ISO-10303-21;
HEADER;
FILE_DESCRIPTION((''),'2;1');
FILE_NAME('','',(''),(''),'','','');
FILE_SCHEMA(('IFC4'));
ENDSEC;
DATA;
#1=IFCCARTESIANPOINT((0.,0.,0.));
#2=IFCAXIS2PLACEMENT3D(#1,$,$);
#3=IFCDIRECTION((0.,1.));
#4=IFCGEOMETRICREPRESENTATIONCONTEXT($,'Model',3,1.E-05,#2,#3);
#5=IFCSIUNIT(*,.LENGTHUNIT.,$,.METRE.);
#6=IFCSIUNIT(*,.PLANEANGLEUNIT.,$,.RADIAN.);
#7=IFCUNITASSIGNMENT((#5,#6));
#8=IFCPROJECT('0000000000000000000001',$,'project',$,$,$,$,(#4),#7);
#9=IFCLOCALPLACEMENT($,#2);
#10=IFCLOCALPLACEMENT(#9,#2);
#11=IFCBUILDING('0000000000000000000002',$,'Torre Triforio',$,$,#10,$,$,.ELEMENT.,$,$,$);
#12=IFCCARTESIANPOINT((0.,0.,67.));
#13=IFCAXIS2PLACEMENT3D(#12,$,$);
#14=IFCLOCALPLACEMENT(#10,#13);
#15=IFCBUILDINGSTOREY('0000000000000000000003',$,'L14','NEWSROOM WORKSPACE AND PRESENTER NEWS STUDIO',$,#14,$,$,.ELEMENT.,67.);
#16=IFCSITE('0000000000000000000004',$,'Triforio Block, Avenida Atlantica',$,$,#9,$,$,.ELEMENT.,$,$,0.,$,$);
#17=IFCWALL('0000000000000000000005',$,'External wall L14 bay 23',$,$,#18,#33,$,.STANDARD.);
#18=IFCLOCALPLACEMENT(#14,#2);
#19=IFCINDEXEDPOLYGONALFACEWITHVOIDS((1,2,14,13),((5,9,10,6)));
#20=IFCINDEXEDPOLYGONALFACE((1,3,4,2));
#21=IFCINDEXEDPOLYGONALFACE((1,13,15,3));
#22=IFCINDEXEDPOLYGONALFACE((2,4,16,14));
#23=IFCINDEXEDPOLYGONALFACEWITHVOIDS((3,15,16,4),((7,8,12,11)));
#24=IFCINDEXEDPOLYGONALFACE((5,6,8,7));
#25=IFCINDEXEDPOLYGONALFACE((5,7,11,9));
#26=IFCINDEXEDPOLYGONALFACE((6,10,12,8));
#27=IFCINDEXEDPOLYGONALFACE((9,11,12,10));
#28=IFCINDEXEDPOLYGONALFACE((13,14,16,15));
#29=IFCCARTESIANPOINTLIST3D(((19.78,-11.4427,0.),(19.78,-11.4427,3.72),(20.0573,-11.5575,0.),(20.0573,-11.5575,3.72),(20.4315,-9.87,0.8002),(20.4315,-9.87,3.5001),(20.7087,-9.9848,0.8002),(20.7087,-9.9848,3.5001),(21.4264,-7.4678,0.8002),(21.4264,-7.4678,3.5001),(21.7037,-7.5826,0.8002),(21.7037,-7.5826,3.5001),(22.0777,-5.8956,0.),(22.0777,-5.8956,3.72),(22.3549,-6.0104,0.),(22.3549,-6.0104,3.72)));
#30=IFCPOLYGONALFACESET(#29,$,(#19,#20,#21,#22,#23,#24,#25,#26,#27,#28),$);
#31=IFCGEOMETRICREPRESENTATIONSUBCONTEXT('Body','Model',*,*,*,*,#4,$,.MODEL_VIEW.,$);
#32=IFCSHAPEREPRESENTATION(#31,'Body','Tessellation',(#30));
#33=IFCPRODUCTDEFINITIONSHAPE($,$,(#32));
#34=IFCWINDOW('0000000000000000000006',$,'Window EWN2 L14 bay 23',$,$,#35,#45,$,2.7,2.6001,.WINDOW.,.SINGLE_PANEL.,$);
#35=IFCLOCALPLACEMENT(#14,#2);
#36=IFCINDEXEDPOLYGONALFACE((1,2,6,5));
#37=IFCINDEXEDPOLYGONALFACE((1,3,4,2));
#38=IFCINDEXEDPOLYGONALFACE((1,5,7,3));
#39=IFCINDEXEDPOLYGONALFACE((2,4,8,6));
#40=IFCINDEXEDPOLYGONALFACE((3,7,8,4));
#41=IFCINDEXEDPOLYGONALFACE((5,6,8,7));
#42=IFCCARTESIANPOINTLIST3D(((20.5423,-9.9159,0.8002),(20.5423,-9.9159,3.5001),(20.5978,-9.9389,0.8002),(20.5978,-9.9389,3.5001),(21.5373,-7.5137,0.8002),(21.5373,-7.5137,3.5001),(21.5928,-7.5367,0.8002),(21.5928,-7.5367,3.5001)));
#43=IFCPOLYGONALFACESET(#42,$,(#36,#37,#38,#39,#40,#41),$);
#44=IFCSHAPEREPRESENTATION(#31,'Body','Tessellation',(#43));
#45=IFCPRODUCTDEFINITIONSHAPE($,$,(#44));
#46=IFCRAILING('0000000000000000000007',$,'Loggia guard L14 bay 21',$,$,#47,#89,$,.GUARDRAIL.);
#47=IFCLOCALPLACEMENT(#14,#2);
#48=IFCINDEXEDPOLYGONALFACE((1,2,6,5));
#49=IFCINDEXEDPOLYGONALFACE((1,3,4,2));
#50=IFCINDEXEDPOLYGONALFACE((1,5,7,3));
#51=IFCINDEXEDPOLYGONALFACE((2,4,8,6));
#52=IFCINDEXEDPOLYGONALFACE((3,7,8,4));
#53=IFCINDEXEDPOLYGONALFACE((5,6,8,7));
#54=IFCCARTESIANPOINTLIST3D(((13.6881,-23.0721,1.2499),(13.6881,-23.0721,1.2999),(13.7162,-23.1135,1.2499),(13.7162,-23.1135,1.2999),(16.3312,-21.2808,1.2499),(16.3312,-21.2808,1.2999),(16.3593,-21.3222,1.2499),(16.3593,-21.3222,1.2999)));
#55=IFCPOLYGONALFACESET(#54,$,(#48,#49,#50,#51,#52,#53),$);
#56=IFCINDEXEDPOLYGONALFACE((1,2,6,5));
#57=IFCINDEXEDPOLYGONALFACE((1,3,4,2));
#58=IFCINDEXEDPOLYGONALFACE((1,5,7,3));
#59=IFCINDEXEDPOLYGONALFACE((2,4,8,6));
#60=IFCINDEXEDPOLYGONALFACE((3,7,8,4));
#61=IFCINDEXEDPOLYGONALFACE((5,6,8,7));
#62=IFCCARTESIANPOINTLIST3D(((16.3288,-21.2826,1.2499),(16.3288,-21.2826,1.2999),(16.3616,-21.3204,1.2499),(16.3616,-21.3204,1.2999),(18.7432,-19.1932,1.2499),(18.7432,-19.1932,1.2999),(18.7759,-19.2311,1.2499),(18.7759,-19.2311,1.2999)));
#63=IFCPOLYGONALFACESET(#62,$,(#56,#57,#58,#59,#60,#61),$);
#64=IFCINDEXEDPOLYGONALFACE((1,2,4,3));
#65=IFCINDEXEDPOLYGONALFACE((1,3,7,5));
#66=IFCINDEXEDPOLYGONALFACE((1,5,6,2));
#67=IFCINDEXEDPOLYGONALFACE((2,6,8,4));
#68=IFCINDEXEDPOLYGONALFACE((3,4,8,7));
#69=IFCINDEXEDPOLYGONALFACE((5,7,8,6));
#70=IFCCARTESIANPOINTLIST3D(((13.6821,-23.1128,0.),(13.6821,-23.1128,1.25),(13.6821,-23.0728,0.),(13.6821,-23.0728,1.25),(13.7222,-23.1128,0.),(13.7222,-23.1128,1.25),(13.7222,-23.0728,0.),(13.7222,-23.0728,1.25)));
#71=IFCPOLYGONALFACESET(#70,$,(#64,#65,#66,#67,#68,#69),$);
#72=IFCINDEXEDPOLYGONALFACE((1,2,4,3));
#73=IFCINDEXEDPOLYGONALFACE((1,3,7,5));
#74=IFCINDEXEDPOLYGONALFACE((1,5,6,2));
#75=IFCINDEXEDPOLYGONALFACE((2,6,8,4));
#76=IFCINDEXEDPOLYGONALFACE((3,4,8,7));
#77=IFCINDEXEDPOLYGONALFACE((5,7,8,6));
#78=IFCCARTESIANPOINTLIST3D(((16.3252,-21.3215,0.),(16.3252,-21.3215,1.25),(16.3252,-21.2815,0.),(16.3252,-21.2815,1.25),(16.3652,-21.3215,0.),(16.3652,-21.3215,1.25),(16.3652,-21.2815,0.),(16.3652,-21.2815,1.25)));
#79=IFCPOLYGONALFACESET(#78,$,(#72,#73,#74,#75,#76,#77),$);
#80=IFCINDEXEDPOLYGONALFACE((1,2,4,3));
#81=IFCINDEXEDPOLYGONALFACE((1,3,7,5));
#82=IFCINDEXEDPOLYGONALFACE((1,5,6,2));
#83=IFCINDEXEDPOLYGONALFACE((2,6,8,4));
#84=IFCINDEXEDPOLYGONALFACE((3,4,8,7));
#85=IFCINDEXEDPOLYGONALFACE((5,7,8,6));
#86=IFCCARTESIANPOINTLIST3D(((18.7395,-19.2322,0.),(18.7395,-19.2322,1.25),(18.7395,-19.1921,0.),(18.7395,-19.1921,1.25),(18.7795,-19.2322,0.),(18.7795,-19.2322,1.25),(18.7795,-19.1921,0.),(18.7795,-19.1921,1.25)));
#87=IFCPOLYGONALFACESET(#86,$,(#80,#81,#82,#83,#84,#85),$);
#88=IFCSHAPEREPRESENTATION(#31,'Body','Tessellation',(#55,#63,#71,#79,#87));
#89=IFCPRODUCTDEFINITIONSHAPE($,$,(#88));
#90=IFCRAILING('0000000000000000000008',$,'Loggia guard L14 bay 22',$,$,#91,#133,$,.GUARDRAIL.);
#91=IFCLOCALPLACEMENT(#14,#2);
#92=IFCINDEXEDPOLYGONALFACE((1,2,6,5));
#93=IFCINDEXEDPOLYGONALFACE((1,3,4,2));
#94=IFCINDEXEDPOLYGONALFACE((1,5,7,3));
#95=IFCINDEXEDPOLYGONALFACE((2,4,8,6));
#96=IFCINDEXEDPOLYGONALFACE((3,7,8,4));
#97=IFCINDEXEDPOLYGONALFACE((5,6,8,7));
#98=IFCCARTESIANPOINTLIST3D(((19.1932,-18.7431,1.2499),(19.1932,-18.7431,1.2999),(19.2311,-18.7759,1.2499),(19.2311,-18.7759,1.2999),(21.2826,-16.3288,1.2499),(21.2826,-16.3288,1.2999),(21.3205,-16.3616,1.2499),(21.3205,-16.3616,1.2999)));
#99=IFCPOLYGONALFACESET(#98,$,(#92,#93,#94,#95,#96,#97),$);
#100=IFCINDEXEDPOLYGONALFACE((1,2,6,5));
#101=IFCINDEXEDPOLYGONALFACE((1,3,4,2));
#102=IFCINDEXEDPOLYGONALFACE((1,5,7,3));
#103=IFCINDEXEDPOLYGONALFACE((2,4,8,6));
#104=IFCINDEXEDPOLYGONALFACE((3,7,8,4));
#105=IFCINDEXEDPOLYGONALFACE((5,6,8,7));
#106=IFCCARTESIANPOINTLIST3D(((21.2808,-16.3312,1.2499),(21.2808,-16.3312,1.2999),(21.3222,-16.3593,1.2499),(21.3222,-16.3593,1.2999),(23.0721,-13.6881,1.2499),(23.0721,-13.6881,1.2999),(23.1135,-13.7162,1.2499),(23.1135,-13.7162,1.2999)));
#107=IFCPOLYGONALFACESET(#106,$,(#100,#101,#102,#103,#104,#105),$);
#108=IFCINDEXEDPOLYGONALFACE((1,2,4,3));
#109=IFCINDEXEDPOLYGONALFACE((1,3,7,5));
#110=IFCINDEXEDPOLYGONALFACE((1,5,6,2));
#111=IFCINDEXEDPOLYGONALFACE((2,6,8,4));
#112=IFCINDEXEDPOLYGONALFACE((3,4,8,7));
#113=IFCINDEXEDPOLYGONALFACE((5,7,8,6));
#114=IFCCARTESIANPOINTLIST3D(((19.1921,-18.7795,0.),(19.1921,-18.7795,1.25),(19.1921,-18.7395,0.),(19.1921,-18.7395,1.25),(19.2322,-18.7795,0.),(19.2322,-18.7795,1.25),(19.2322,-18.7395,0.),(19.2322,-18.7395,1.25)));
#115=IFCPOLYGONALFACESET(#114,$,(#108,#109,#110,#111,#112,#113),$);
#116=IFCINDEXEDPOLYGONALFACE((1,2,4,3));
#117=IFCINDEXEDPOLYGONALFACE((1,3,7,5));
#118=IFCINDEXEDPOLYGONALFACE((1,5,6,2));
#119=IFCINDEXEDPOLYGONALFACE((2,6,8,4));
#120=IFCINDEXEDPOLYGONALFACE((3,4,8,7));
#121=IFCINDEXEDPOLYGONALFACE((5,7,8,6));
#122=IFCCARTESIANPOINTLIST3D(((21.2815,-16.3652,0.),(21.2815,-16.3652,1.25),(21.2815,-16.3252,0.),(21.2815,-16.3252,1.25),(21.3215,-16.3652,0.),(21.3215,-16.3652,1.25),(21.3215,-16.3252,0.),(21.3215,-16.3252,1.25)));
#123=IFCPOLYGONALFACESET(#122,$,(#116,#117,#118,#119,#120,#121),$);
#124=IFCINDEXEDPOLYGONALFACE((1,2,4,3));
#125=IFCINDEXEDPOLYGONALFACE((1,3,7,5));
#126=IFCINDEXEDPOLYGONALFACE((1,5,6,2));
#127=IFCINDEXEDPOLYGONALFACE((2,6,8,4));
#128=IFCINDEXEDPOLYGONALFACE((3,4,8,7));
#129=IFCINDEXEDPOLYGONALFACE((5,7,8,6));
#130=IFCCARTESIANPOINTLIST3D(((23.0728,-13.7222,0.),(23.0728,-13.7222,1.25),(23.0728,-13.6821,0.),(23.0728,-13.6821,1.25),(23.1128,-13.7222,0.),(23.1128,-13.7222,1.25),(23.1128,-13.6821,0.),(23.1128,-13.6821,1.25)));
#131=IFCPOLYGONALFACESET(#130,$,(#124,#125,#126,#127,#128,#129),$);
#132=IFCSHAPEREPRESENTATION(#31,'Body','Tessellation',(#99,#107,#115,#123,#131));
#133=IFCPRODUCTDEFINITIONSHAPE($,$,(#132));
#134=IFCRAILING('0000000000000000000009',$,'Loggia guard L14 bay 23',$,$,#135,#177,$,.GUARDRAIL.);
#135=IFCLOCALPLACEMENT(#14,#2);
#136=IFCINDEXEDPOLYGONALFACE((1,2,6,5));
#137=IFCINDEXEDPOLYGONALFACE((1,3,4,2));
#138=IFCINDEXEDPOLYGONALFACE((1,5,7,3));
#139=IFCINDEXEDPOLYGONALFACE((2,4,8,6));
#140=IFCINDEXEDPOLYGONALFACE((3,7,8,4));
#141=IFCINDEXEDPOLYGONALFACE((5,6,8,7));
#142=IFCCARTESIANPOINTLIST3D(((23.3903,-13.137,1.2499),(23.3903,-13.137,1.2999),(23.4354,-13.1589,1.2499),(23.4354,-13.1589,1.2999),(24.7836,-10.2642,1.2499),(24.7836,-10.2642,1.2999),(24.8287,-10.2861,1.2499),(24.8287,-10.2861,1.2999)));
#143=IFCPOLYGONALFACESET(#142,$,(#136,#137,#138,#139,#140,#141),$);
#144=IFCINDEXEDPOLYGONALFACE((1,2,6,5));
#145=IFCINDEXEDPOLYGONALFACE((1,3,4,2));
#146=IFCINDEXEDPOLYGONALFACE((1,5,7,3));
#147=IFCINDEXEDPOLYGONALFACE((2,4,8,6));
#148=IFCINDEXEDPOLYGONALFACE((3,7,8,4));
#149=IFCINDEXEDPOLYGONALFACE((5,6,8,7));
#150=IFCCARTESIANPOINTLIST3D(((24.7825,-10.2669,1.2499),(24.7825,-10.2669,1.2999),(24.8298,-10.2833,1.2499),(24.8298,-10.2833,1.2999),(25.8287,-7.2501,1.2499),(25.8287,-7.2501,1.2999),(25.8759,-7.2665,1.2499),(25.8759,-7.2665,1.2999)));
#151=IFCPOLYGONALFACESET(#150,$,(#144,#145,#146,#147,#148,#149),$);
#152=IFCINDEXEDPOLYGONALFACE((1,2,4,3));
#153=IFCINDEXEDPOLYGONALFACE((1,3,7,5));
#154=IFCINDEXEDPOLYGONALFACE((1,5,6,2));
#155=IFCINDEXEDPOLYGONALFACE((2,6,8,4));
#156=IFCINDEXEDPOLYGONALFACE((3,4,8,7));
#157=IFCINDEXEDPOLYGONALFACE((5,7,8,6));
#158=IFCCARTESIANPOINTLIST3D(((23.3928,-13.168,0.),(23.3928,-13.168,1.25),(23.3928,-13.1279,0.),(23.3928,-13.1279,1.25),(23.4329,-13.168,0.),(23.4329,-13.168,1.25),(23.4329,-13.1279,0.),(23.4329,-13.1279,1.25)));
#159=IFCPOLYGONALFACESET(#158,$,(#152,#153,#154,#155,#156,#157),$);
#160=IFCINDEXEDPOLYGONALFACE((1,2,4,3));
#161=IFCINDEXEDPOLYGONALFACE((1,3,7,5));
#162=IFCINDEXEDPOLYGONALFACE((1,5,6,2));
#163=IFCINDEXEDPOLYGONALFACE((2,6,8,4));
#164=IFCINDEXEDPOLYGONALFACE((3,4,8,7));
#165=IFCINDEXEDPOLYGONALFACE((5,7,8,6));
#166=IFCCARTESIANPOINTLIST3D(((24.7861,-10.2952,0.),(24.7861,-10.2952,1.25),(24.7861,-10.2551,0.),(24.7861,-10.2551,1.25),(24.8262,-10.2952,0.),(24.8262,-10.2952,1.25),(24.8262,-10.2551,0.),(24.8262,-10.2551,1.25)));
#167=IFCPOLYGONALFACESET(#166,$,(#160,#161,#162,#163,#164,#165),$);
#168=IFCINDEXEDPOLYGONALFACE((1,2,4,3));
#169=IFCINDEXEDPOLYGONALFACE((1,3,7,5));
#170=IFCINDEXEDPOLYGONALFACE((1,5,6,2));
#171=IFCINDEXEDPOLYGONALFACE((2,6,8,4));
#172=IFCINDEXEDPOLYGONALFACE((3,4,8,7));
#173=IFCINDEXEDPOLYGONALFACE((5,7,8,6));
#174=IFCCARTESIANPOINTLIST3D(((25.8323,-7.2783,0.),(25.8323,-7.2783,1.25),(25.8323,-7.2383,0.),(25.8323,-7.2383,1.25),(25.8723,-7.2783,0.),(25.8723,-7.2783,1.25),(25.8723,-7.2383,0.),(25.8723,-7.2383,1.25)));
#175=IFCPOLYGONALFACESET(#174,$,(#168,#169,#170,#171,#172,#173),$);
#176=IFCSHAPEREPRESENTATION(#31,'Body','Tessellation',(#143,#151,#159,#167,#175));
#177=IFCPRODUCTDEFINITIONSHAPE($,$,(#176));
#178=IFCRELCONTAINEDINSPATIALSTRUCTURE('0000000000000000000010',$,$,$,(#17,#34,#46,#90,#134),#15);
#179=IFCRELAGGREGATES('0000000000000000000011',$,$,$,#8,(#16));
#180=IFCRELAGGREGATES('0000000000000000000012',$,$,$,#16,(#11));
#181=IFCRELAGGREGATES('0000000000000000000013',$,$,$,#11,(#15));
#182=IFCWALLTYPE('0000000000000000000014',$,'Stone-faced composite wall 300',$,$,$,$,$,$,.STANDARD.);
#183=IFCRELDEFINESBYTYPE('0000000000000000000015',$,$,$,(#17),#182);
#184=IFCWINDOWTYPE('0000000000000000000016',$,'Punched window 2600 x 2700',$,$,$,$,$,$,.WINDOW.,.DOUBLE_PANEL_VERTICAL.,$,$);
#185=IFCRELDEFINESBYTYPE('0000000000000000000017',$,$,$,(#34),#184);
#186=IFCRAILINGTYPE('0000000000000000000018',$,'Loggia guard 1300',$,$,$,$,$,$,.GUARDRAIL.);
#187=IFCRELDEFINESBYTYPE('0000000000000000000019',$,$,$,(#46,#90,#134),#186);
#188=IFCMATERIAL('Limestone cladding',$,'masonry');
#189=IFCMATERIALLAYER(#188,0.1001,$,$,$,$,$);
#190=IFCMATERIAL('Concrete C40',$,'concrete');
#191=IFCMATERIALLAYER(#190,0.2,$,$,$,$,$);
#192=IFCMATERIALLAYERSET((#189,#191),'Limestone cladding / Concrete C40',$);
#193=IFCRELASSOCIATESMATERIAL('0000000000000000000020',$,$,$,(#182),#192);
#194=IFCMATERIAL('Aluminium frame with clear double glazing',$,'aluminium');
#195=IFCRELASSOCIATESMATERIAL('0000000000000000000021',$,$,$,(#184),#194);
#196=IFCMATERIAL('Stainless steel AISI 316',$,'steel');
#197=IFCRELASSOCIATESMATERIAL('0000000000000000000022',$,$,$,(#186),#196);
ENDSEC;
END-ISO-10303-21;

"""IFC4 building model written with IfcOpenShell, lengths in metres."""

from ifc_helpers import new_model, si_unit, direction, frame, frame_2d, origin, origin_2d, place, context, subcontext, project, spatial, rectangle, extrude, material, layer, layer_set, type_object, element, fill, save


model = new_model("IFC4")

# Units and contexts
model_context = context("Model", 3, precision=1e-05, world=origin(), true_north=direction((0.0, 1.0)))
body_context = subcontext(model_context, "Body", "Model", "MODEL_VIEW")
ifc_project = project(units=[si_unit("LENGTHUNIT", "METRE"), si_unit("PLANEANGLEUNIT", "RADIAN")], contexts=[model_context])

# Site, building, storey
site_placement = place(None, origin())
site = spatial("IfcSite", under=ifc_project, at=site_placement, Name="Triforio Block, Avenida Atlantica", CompositionType="ELEMENT", RefElevation=0.0)
building_placement = place(site_placement, origin())
building = spatial("IfcBuilding", under=site, at=building_placement, Name="Torre Triforio", CompositionType="ELEMENT")
storey_placement = place(building_placement, frame((0.0, 0.0, 67.0)))
storey = spatial("IfcBuildingStorey", under=building, at=storey_placement, Name="L14", Description="NEWSROOM WORKSPACE AND PRESENTER NEWS STUDIO", CompositionType="ELEMENT", Elevation=67.0)

# Shared definitions
ifc_material_1 = material(Name="Limestone cladding", Category="masonry")
ifc_material_2 = material(Name="Concrete C40", Category="concrete")

# Shared definitions
ifc_layer_1 = layer(ifc_material_1, 0.1001)
ifc_layer_2 = layer(ifc_material_2, 0.2)
ifc_layer_set_1 = layer_set([ifc_layer_1, ifc_layer_2], Name="Limestone cladding / Concrete C40")
wall_type_1 = type_object("IfcWallType", Name="Stone-faced composite wall 300", PredefinedType="STANDARD", material=ifc_layer_set_1)
ifc_material_3 = material(Name="Aluminium frame with clear double glazing", Category="aluminium")
window_type_1 = type_object("IfcWindowType", Name="Punched window 2600 x 2700", PartitioningType="DOUBLE_PANEL_VERTICAL", PredefinedType="WINDOW", material=ifc_material_3)

# Wall, opening, window
wall_1_placement = place(storey_placement, frame((19.9187, -11.5, 0.0), z_axis=(0.0, 0.0, 1.0), x_axis=(0.382671, 0.923885, 0.0)))
wall_1 = element("IfcWall", 1, at=wall_1_placement, inside=storey, type_object=wall_type_1, Name="External wall L14 bay 23", PredefinedType="STANDARD", context=body_context, shape_type="SweptSolid", body=[
    extrude(rectangle(XDim=6.0042, YDim=0.3, at=frame_2d((3.002, 0.0))), origin(), (0.0, 0.0, 1.0), 3.72),
])
opening_1_placement = place(wall_1_placement, frame((1.7021, 0.0, 0.8)))
opening_1 = element("IfcOpeningElement", 2, at=opening_1_placement, cuts=wall_1, PredefinedType="OPENING", context=body_context, shape_type="SweptSolid", body=[
    extrude(rectangle(XDim=2.6001, YDim=2.7, at=frame_2d((1.3, 1.3501))), frame((0.0, 0.1599, 0.0), z_axis=(0.0, -1.0, 0.0), x_axis=(1.0, 0.0, 0.0)), (0.0, 0.0, 1.0), 0.3201),
])
window_1_placement = place(opening_1_placement, origin())
window_1 = element("IfcWindow", 3, at=window_1_placement, inside=storey, type_object=window_type_1, Name="Window EWN2 L14 bay 23", OverallHeight=2.7, OverallWidth=2.6001, PartitioningType="SINGLE_PANEL", PredefinedType="WINDOW", context=body_context, shape_type="SweptSolid", body=[
    extrude(rectangle(XDim=2.6001, YDim=2.7, at=frame_2d((1.3, 1.3501))), frame((0.0, 0.03, 0.0), z_axis=(0.0, -1.0, 0.0), x_axis=(1.0, 0.0, 0.0)), (0.0, 0.0, 1.0), 0.0601),
])
fill(opening_1, window_1)

# Railings
ifc_material_4 = material(Name="Stainless steel AISI 316", Category="steel")
railing_type = type_object("IfcRailingType", Name="Loggia guard 1300", PredefinedType="GUARDRAIL", material=ifc_material_4)
railing_1_placement = place(storey_placement, frame((13.7021, -23.0928, 0.0)))
element("IfcRailing", 4, at=railing_1_placement, inside=storey, type_object=railing_type, Name="Loggia guard L14 bay 21", PredefinedType="GUARDRAIL", context=body_context, shape_type="SweptSolid", body=[
    extrude(rectangle(XDim=0.05, YDim=0.05, at=origin_2d()), frame((0.0, 0.0, 1.2749), z_axis=(0.827803, 0.561019, 0.0), x_axis=(-0.561019, 0.827803, 0.0)), (0.0, 0.0, 1.0), 3.1929),
    extrude(rectangle(XDim=0.05, YDim=0.05, at=origin_2d()), frame((2.6431, 1.7913, 1.2749), z_axis=(0.756161, 0.654386, 0.0), x_axis=(-0.654386, 0.756161, 0.0)), (0.0, 0.0, 1.0), 3.1929),
    extrude(rectangle(XDim=0.04, YDim=0.04, at=origin_2d()), origin(), (0.0, 0.0, 1.0), 1.25),
    extrude(rectangle(XDim=0.04, YDim=0.04, at=origin_2d()), frame((2.6431, 1.7913, 0.0)), (0.0, 0.0, 1.0), 1.25),
    extrude(rectangle(XDim=0.04, YDim=0.04, at=origin_2d()), frame((5.0574, 3.8806, 0.0)), (0.0, 0.0, 1.0), 1.25),
])
railing_2_placement = place(storey_placement, frame((19.2122, -18.7595, 0.0)))
element("IfcRailing", 5, at=railing_2_placement, inside=storey, type_object=railing_type, Name="Loggia guard L14 bay 22", PredefinedType="GUARDRAIL", context=body_context, shape_type="SweptSolid", body=[
    extrude(rectangle(XDim=0.05, YDim=0.05, at=origin_2d()), frame((0.0, 0.0, 1.2749), z_axis=(0.654386, 0.756161, 0.0), x_axis=(-0.756161, 0.654386, 0.0)), (0.0, 0.0, 1.0), 3.1929),
    extrude(rectangle(XDim=0.05, YDim=0.05, at=origin_2d()), frame((2.0894, 2.4143, 1.2749), z_axis=(0.561019, 0.827803, 0.0), x_axis=(-0.827803, 0.561019, 0.0)), (0.0, 0.0, 1.0), 3.1929),
    extrude(rectangle(XDim=0.04, YDim=0.04, at=origin_2d()), origin(), (0.0, 0.0, 1.0), 1.25),
    extrude(rectangle(XDim=0.04, YDim=0.04, at=origin_2d()), frame((2.0894, 2.4143, 0.0)), (0.0, 0.0, 1.0), 1.25),
    extrude(rectangle(XDim=0.04, YDim=0.04, at=origin_2d()), frame((3.8806, 5.0574, 0.0)), (0.0, 0.0, 1.0), 1.25),
])
railing_3_placement = place(storey_placement, frame((23.4128, -13.1479, 0.0)))
element("IfcRailing", 6, at=railing_3_placement, inside=storey, type_object=railing_type, Name="Loggia guard L14 bay 23", PredefinedType="GUARDRAIL", context=body_context, shape_type="SweptSolid", body=[
    extrude(rectangle(XDim=0.05, YDim=0.05, at=origin_2d()), frame((0.0, 0.0, 1.2749), z_axis=(0.436384, 0.89976, 0.0), x_axis=(-0.89976, 0.436384, 0.0)), (0.0, 0.0, 1.0), 3.1929),
    extrude(rectangle(XDim=0.05, YDim=0.05, at=origin_2d()), frame((1.3933, 2.8728, 1.2749), z_axis=(0.327628, 0.944807, 0.0), x_axis=(-0.944807, 0.327628, 0.0)), (0.0, 0.0, 1.0), 3.1931),
    extrude(rectangle(XDim=0.04, YDim=0.04, at=origin_2d()), origin(), (0.0, 0.0, 1.0), 1.25),
    extrude(rectangle(XDim=0.04, YDim=0.04, at=origin_2d()), frame((1.3933, 2.8728, 0.0)), (0.0, 0.0, 1.0), 1.25),
    extrude(rectangle(XDim=0.04, YDim=0.04, at=origin_2d()), frame((2.4395, 5.8896, 0.0)), (0.0, 0.0, 1.0), 1.25),
])

save(model, "model.ifc")
